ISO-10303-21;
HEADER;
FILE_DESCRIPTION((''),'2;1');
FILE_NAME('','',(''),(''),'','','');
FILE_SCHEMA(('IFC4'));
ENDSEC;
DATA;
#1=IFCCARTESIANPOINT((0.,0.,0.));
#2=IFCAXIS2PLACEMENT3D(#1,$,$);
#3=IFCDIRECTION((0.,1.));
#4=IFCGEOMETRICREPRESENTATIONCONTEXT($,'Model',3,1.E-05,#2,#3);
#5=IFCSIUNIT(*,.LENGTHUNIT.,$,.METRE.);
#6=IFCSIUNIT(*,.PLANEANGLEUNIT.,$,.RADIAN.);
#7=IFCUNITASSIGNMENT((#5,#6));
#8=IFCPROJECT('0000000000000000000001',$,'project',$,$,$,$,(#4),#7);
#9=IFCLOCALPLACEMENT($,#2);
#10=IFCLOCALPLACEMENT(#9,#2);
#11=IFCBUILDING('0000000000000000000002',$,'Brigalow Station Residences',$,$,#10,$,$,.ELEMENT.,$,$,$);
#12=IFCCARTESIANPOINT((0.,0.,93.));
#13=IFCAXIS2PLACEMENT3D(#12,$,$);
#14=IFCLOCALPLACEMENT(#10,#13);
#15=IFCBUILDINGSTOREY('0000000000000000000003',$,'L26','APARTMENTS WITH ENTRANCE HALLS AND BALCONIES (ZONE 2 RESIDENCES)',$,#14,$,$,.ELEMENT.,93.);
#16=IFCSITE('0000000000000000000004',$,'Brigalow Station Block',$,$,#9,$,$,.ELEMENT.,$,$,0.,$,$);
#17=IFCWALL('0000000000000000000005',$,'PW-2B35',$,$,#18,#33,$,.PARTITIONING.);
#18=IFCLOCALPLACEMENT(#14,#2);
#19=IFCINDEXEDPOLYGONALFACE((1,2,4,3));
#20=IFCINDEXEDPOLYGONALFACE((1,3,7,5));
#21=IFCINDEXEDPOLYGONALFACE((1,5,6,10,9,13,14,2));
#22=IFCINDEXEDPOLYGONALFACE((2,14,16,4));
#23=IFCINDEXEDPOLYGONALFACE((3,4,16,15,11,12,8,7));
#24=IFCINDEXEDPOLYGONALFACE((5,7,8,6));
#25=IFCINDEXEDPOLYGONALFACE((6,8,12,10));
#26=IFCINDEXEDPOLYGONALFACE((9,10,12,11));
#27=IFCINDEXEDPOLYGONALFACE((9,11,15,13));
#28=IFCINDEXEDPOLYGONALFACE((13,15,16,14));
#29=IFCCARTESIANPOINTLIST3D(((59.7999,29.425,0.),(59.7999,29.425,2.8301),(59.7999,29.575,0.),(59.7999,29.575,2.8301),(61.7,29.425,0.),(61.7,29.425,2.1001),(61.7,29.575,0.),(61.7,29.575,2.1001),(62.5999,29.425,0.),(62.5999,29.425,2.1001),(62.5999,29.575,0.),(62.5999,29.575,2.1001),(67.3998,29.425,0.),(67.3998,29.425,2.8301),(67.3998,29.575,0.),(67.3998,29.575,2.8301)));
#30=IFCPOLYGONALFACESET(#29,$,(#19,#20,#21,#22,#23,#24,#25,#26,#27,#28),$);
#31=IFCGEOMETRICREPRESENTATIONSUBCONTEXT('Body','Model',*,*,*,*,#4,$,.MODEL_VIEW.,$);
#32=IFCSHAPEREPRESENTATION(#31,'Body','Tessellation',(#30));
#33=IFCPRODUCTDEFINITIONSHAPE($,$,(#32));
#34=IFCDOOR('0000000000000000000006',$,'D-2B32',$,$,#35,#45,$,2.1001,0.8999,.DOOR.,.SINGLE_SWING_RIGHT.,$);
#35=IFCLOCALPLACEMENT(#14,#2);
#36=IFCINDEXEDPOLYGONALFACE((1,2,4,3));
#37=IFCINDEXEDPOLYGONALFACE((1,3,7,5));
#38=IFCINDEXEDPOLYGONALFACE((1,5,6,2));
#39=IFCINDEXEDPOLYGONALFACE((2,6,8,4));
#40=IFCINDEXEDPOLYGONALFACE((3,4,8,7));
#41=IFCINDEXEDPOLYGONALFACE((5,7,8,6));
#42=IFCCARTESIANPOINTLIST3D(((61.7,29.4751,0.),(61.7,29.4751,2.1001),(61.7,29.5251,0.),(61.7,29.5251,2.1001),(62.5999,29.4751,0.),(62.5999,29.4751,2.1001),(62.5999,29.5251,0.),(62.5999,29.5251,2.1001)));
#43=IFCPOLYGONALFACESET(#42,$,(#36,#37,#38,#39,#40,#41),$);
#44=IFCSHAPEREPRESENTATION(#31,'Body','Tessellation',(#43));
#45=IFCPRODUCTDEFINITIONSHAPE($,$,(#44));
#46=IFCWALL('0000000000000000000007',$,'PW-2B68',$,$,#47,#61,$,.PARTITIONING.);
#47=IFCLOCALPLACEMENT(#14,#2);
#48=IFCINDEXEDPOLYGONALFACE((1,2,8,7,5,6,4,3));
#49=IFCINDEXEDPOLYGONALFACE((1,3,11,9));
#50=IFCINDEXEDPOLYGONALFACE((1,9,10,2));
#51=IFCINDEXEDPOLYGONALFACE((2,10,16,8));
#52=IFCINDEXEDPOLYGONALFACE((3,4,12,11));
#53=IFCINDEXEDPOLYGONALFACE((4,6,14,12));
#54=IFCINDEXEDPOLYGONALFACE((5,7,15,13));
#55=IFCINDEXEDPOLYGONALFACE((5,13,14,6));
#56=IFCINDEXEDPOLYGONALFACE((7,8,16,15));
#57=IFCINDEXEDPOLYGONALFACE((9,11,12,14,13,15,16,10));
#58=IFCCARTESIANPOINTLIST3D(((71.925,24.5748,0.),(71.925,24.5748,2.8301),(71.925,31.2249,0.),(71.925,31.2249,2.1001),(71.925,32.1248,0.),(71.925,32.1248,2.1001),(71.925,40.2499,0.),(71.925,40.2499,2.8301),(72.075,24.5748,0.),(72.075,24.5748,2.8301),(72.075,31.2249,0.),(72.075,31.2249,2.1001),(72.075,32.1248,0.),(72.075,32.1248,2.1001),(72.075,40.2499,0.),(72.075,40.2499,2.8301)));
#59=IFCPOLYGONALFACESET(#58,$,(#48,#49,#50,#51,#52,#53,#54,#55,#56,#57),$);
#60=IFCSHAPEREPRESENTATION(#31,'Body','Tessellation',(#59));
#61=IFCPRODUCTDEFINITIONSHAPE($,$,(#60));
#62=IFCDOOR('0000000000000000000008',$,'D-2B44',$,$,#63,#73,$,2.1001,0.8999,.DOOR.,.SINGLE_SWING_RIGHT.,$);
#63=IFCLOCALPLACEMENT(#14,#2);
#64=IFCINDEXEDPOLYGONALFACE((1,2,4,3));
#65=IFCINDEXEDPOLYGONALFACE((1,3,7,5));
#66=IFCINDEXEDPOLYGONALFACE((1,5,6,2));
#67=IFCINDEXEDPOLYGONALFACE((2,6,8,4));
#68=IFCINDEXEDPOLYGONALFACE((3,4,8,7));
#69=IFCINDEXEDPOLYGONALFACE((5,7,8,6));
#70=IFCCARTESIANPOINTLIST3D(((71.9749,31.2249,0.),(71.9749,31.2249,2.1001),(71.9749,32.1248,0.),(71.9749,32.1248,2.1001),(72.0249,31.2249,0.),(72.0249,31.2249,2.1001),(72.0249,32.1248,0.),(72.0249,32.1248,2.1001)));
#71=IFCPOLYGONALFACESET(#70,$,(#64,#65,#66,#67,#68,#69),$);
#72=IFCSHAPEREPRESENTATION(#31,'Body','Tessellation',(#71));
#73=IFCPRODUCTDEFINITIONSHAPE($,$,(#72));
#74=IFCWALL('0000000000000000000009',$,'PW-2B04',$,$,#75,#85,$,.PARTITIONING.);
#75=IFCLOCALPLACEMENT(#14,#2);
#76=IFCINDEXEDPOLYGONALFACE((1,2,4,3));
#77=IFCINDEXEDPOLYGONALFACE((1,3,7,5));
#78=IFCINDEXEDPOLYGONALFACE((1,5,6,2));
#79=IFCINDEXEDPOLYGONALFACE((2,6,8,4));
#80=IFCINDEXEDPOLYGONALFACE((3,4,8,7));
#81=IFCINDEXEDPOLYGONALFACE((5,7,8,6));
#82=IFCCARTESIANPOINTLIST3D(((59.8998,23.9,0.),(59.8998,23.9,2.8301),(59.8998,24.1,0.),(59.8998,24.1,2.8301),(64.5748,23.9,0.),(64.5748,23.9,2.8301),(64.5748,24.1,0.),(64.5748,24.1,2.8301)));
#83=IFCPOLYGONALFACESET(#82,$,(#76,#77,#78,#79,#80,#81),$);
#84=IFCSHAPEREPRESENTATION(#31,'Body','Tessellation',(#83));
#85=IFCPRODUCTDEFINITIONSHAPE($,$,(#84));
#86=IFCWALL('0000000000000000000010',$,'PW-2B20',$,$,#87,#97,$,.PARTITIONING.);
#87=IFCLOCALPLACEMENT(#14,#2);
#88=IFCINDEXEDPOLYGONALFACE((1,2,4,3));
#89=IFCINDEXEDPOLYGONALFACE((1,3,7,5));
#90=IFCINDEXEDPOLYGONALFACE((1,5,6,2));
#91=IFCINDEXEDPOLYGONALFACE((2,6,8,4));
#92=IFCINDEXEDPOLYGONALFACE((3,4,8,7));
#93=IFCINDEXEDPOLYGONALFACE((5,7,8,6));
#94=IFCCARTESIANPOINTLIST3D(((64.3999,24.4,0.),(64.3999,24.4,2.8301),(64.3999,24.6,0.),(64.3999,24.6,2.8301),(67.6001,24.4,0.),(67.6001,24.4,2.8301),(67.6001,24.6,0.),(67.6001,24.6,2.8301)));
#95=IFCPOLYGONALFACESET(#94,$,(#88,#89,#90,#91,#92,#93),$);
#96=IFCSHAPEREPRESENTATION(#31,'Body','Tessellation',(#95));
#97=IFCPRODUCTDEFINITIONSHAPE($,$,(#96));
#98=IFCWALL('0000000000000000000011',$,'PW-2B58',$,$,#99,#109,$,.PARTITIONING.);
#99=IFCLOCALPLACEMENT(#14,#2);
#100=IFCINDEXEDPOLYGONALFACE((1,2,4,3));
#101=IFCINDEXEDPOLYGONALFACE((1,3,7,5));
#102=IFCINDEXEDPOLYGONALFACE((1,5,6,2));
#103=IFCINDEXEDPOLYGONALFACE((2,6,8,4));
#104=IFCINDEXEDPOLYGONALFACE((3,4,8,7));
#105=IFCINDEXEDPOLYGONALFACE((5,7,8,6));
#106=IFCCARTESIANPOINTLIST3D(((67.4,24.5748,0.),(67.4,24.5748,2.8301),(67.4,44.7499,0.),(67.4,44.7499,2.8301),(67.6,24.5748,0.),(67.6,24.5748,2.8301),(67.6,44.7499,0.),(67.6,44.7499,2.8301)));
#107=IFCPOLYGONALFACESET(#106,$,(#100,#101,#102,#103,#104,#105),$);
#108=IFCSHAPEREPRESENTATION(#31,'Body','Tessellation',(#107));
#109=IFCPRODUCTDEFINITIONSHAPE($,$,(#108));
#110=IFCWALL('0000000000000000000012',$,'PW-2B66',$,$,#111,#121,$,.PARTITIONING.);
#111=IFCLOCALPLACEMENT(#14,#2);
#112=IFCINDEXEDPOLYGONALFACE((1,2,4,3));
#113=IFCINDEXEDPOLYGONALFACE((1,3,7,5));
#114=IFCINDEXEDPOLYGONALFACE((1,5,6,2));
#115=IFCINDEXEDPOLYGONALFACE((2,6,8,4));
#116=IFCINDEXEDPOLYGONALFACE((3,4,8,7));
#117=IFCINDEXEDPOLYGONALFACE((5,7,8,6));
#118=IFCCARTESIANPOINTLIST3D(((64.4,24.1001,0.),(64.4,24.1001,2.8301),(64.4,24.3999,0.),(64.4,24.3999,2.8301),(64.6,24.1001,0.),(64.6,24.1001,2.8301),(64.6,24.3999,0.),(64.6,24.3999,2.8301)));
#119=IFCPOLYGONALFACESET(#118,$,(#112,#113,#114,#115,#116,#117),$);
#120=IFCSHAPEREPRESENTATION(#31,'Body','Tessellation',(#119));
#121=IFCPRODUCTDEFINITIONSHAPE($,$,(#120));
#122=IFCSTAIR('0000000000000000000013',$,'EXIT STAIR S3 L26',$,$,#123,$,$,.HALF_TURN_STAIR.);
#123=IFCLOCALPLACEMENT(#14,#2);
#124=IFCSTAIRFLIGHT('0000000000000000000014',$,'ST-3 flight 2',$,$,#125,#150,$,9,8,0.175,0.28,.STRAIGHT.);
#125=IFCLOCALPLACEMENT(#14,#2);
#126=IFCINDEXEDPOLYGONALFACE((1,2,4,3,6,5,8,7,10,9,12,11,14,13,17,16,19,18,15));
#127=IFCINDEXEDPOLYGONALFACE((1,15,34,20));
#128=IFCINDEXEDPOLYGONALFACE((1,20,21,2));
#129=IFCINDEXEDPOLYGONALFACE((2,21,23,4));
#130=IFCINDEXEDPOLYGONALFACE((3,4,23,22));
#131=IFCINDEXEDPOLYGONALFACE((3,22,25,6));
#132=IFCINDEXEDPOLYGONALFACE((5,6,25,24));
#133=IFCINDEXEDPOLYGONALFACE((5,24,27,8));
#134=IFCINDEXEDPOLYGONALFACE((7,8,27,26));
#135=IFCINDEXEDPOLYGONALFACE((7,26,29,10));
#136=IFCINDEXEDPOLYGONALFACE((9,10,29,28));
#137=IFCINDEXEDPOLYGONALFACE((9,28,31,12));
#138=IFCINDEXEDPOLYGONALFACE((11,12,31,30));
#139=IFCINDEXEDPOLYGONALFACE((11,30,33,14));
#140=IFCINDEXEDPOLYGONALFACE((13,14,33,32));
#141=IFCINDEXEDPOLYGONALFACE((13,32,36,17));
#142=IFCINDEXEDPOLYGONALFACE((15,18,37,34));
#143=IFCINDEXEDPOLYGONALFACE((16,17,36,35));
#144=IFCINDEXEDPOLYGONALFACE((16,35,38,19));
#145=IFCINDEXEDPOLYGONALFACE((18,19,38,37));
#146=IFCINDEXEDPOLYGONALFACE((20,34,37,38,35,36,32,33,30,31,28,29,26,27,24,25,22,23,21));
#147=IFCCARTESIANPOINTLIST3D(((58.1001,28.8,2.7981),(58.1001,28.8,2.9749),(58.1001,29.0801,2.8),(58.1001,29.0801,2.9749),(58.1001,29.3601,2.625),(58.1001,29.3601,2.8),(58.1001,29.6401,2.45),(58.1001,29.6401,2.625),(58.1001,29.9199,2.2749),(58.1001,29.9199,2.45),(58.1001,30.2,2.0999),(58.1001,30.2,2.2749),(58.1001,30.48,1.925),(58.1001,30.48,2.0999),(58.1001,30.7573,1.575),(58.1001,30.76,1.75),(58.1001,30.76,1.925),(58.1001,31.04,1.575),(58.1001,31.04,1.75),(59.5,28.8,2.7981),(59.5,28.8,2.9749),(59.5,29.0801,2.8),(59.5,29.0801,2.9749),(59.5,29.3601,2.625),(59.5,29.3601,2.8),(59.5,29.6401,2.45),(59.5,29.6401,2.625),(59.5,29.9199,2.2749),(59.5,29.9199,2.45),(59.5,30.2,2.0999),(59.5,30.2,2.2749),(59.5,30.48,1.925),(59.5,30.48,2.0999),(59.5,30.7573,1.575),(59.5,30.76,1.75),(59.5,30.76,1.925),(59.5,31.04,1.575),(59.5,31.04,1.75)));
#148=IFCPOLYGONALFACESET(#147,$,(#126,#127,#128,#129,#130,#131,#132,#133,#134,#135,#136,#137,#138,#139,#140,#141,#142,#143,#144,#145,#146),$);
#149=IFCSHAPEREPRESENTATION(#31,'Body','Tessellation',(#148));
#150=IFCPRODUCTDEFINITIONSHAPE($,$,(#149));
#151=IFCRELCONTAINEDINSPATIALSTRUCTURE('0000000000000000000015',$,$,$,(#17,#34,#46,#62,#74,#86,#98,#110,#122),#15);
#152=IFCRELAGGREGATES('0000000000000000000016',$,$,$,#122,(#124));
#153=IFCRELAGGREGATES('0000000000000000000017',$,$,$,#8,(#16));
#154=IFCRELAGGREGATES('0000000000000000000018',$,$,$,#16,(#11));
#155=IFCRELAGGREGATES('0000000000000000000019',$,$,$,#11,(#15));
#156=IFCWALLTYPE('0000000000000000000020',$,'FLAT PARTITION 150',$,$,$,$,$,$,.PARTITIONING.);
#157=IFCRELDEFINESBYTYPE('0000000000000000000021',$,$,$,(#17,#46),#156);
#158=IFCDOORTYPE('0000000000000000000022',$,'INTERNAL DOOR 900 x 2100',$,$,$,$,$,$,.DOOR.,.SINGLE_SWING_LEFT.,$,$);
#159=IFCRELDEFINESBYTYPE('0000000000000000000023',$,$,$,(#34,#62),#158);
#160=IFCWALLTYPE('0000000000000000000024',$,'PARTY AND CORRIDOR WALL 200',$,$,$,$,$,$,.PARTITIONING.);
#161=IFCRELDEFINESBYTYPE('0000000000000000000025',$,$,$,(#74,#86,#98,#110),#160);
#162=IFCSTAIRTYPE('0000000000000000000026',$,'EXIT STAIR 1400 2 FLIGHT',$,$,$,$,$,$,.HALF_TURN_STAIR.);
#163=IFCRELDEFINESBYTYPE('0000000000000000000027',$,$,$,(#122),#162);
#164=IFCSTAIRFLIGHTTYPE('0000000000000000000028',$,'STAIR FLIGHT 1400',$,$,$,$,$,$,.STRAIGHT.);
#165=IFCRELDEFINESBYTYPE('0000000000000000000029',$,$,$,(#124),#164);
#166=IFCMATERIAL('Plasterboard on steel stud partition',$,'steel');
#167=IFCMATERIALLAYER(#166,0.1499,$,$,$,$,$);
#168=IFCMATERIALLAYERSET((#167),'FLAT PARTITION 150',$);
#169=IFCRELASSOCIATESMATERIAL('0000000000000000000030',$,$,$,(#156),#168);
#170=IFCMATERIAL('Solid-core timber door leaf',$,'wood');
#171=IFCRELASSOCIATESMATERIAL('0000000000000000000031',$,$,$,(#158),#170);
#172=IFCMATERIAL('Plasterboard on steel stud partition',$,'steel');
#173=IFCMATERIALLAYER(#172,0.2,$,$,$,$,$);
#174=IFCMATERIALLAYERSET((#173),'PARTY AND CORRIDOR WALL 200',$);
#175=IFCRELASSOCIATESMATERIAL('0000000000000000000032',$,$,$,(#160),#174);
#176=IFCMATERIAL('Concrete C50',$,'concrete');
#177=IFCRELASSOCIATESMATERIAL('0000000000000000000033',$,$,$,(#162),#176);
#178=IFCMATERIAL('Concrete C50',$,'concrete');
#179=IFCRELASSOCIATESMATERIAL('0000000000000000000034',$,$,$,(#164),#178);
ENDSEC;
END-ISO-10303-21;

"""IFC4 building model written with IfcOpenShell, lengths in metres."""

from ifc_helpers import new_model, si_unit, direction, frame, frame_2d, origin, place, context, subcontext, project, spatial, polyline, rectangle, outline, extrude, material, layer, layer_set, type_object, element, fill, aggregate, save


model = new_model("IFC4")

# Units and contexts
model_context = context("Model", 3, precision=1e-05, world=origin(), true_north=direction((0.0, 1.0)))
body_context = subcontext(model_context, "Body", "Model", "MODEL_VIEW")
ifc_project = project(units=[si_unit("LENGTHUNIT", "METRE"), si_unit("PLANEANGLEUNIT", "RADIAN")], contexts=[model_context])

# Site, building, storey
site_placement = place(None, origin())
site = spatial("IfcSite", under=ifc_project, at=site_placement, Name="Brigalow Station Block", CompositionType="ELEMENT", RefElevation=0.0)
building_placement = place(site_placement, origin())
building = spatial("IfcBuilding", under=site, at=building_placement, Name="Brigalow Station Residences", CompositionType="ELEMENT")
storey_placement = place(building_placement, frame((0.0, 0.0, 93.0)))
storey = spatial("IfcBuildingStorey", under=building, at=storey_placement, Name="L26", Description="APARTMENTS WITH ENTRANCE HALLS AND BALCONIES (ZONE 2 RESIDENCES)", CompositionType="ELEMENT", Elevation=93.0)

# Shared definitions
ifc_material_1 = material(Name="Plasterboard on steel stud partition", Category="steel")
ifc_layer_1 = layer(ifc_material_1, 0.1499)
ifc_layer_set_1 = layer_set([ifc_layer_1], Name="FLAT PARTITION 150")
wall_type_1 = type_object("IfcWallType", Name="FLAT PARTITION 150", PredefinedType="PARTITIONING", material=ifc_layer_set_1)

# Walls, openings, doors
wall_1_placement = place(storey_placement, frame((59.8, 29.5, 0.0), z_axis=(0.0, 0.0, 1.0), x_axis=(1.0, 0.0, 0.0)))
wall_1 = element("IfcWall", 1, at=wall_1_placement, inside=storey, type_object=wall_type_1, Name="PW-2B35", PredefinedType="PARTITIONING", context=body_context, shape_type="SweptSolid", body=[
    extrude(rectangle(XDim=7.5999, YDim=0.1499, at=frame_2d((3.7998, 0.0))), origin(), (0.0, 0.0, 1.0), 2.8301),
])
opening_1_placement = place(wall_1_placement, frame((1.8999, 0.0, 0.0)))
opening_1 = element("IfcOpeningElement", 2, at=opening_1_placement, cuts=wall_1, PredefinedType="OPENING", context=body_context, shape_type="SweptSolid", body=[
    extrude(rectangle(XDim=0.8999, YDim=2.1001, at=frame_2d((0.45, 1.05))), frame((0.0, 0.085, 0.0), z_axis=(0.0, -1.0, 0.0), x_axis=(1.0, 0.0, 0.0)), (0.0, 0.0, 1.0), 0.1699),
])
ifc_material_2 = material(Name="Solid-core timber door leaf", Category="wood")
door_type_1 = type_object("IfcDoorType", Name="INTERNAL DOOR 900 x 2100", OperationType="SINGLE_SWING_LEFT", PredefinedType="DOOR", material=ifc_material_2)
door_1_placement = place(opening_1_placement, frame((0.8999, 0.0, 0.0), z_axis=(0.0, 0.0, 1.0), x_axis=(-1.0, 0.0, 0.0)))
door_1 = element("IfcDoor", 3, at=door_1_placement, inside=storey, type_object=door_type_1, Name="D-2B32", OperationType="SINGLE_SWING_RIGHT", OverallHeight=2.1001, OverallWidth=0.8999, PredefinedType="DOOR", context=body_context, shape_type="SweptSolid", body=[
    extrude(rectangle(XDim=0.8999, YDim=2.1001, at=frame_2d((0.45, 1.05))), frame((0.0, 0.0249, 0.0), z_axis=(0.0, -1.0, 0.0), x_axis=(1.0, 0.0, 0.0)), (0.0, 0.0, 1.0), 0.05),
])
fill(opening_1, door_1)
wall_2_placement = place(storey_placement, frame((72.0, 24.575, 0.0), z_axis=(0.0, 0.0, 1.0), x_axis=(0.0, 1.0, 0.0)))
wall_2 = element("IfcWall", 4, at=wall_2_placement, inside=storey, type_object=wall_type_1, Name="PW-2B68", PredefinedType="PARTITIONING", context=body_context, shape_type="SweptSolid", body=[
    extrude(rectangle(XDim=15.675, YDim=0.1499, at=frame_2d((7.8374, 0.0))), origin(), (0.0, 0.0, 1.0), 2.8301),
])
opening_2_placement = place(wall_2_placement, frame((6.6499, 0.0, 0.0)))
opening_2 = element("IfcOpeningElement", 5, at=opening_2_placement, cuts=wall_2, PredefinedType="OPENING", context=body_context, shape_type="SweptSolid", body=[
    extrude(rectangle(XDim=0.8999, YDim=2.1001, at=frame_2d((0.45, 1.05))), frame((0.0, 0.085, 0.0), z_axis=(0.0, -1.0, 0.0), x_axis=(1.0, 0.0, 0.0)), (0.0, 0.0, 1.0), 0.1699),
])
door_2_placement = place(opening_2_placement, frame((0.8999, 0.0, 0.0), z_axis=(0.0, 0.0, 1.0), x_axis=(-1.0, 0.0, 0.0)))
door_2 = element("IfcDoor", 6, at=door_2_placement, inside=storey, type_object=door_type_1, Name="D-2B44", OperationType="SINGLE_SWING_RIGHT", OverallHeight=2.1001, OverallWidth=0.8999, PredefinedType="DOOR", context=body_context, shape_type="SweptSolid", body=[
    extrude(rectangle(XDim=0.8999, YDim=2.1001, at=frame_2d((0.45, 1.05))), frame((0.0, 0.0249, 0.0), z_axis=(0.0, -1.0, 0.0), x_axis=(1.0, 0.0, 0.0)), (0.0, 0.0, 1.0), 0.05),
])
fill(opening_2, door_2)

# Walls
ifc_material_3 = material(Name="Plasterboard on steel stud partition", Category="steel")
ifc_layer_2 = layer(ifc_material_3, 0.2)
ifc_layer_set_2 = layer_set([ifc_layer_2], Name="PARTY AND CORRIDOR WALL 200")
wall_type_2 = type_object("IfcWallType", Name="PARTY AND CORRIDOR WALL 200", PredefinedType="PARTITIONING", material=ifc_layer_set_2)
wall_3_placement = place(storey_placement, frame((59.8999, 24.0, 0.0), z_axis=(0.0, 0.0, 1.0), x_axis=(1.0, 0.0, 0.0)))
element("IfcWall", 7, at=wall_3_placement, inside=storey, type_object=wall_type_2, Name="PW-2B04", PredefinedType="PARTITIONING", context=body_context, shape_type="SweptSolid", body=[
    extrude(rectangle(XDim=4.675, YDim=0.2, at=frame_2d((2.3374, 0.0))), origin(), (0.0, 0.0, 1.0), 2.8301),
])
wall_4_placement = place(storey_placement, frame((64.3999, 24.5, 0.0), z_axis=(0.0, 0.0, 1.0), x_axis=(1.0, 0.0, 0.0)))
element("IfcWall", 8, at=wall_4_placement, inside=storey, type_object=wall_type_2, Name="PW-2B20", PredefinedType="PARTITIONING", context=body_context, shape_type="SweptSolid", body=[
    extrude(rectangle(XDim=3.2002, YDim=0.2, at=frame_2d((1.6001, 0.0))), origin(), (0.0, 0.0, 1.0), 2.8301),
])
wall_5_placement = place(storey_placement, frame((67.5, 24.575, 0.0), z_axis=(0.0, 0.0, 1.0), x_axis=(0.0, 1.0, 0.0)))
element("IfcWall", 9, at=wall_5_placement, inside=storey, type_object=wall_type_2, Name="PW-2B58", PredefinedType="PARTITIONING", context=body_context, shape_type="SweptSolid", body=[
    extrude(rectangle(XDim=20.175, YDim=0.2, at=frame_2d((10.0874, 0.0))), origin(), (0.0, 0.0, 1.0), 2.8301),
])
wall_6_placement = place(storey_placement, frame((64.5, 24.1001, 0.0), z_axis=(0.0, 0.0, 1.0), x_axis=(0.0, 1.0, 0.0)))
element("IfcWall", 10, at=wall_6_placement, inside=storey, type_object=wall_type_2, Name="PW-2B66", PredefinedType="PARTITIONING", context=body_context, shape_type="SweptSolid", body=[
    extrude(rectangle(XDim=0.2998, YDim=0.2, at=frame_2d((0.1499, 0.0))), origin(), (0.0, 0.0, 1.0), 2.8301),
])

# Stair, stair flight
ifc_material_4 = material(Name="Concrete C50", Category="concrete")
stair_type = type_object("IfcStairType", Name="EXIT STAIR 1400 2 FLIGHT", PredefinedType="HALF_TURN_STAIR", material=ifc_material_4)
stair_placement = place(storey_placement, origin())
stair = element("IfcStair", 11, at=stair_placement, inside=storey, type_object=stair_type, Name="EXIT STAIR S3 L26", PredefinedType="HALF_TURN_STAIR")
ifc_material_5 = material(Name="Concrete C50", Category="concrete")
stair_flight_type = type_object("IfcStairFlightType", Name="STAIR FLIGHT 1400", PredefinedType="STRAIGHT", material=ifc_material_5)
stair_flight_placement = place(storey_placement, frame((58.8, 31.04, 1.575), z_axis=(0.0, 0.0, 1.0), x_axis=(0.0, -1.0, 0.0)))
stair_flight = element("IfcStairFlight", 12, at=stair_flight_placement, type_object=stair_flight_type, Name="ST-3 flight 2", NumberOfRisers=9, NumberOfTreads=8, PredefinedType="STRAIGHT", RiserHeight=0.175, TreadLength=0.28, context=body_context, shape_type="SweptSolid", body=[
    extrude(outline(polyline([(0.0, 0.0), (0.0, 0.175), (0.28, 0.175), (0.28, 0.3501), (0.5601, 0.3501), (0.5601, 0.5249), (0.8401, 0.5249), (0.8401, 0.7), (1.1201, 0.7), (1.1201, 0.875), (1.3999, 0.875), (1.3999, 1.05), (1.6799, 1.05), (1.6799, 1.2251), (1.96, 1.2251), (1.96, 1.3999), (2.24, 1.3999), (2.24, 1.575), (2.24, 1.2231), (0.2827, 0.0), (0.0, 0.0)])), frame((0.0, 0.7, 0.0), z_axis=(0.0, -1.0, 0.0), x_axis=(1.0, 0.0, 0.0)), (0.0, 0.0, 1.0), 1.3999),
])
aggregate(stair, [stair_flight])

save(model, "model.ifc")
